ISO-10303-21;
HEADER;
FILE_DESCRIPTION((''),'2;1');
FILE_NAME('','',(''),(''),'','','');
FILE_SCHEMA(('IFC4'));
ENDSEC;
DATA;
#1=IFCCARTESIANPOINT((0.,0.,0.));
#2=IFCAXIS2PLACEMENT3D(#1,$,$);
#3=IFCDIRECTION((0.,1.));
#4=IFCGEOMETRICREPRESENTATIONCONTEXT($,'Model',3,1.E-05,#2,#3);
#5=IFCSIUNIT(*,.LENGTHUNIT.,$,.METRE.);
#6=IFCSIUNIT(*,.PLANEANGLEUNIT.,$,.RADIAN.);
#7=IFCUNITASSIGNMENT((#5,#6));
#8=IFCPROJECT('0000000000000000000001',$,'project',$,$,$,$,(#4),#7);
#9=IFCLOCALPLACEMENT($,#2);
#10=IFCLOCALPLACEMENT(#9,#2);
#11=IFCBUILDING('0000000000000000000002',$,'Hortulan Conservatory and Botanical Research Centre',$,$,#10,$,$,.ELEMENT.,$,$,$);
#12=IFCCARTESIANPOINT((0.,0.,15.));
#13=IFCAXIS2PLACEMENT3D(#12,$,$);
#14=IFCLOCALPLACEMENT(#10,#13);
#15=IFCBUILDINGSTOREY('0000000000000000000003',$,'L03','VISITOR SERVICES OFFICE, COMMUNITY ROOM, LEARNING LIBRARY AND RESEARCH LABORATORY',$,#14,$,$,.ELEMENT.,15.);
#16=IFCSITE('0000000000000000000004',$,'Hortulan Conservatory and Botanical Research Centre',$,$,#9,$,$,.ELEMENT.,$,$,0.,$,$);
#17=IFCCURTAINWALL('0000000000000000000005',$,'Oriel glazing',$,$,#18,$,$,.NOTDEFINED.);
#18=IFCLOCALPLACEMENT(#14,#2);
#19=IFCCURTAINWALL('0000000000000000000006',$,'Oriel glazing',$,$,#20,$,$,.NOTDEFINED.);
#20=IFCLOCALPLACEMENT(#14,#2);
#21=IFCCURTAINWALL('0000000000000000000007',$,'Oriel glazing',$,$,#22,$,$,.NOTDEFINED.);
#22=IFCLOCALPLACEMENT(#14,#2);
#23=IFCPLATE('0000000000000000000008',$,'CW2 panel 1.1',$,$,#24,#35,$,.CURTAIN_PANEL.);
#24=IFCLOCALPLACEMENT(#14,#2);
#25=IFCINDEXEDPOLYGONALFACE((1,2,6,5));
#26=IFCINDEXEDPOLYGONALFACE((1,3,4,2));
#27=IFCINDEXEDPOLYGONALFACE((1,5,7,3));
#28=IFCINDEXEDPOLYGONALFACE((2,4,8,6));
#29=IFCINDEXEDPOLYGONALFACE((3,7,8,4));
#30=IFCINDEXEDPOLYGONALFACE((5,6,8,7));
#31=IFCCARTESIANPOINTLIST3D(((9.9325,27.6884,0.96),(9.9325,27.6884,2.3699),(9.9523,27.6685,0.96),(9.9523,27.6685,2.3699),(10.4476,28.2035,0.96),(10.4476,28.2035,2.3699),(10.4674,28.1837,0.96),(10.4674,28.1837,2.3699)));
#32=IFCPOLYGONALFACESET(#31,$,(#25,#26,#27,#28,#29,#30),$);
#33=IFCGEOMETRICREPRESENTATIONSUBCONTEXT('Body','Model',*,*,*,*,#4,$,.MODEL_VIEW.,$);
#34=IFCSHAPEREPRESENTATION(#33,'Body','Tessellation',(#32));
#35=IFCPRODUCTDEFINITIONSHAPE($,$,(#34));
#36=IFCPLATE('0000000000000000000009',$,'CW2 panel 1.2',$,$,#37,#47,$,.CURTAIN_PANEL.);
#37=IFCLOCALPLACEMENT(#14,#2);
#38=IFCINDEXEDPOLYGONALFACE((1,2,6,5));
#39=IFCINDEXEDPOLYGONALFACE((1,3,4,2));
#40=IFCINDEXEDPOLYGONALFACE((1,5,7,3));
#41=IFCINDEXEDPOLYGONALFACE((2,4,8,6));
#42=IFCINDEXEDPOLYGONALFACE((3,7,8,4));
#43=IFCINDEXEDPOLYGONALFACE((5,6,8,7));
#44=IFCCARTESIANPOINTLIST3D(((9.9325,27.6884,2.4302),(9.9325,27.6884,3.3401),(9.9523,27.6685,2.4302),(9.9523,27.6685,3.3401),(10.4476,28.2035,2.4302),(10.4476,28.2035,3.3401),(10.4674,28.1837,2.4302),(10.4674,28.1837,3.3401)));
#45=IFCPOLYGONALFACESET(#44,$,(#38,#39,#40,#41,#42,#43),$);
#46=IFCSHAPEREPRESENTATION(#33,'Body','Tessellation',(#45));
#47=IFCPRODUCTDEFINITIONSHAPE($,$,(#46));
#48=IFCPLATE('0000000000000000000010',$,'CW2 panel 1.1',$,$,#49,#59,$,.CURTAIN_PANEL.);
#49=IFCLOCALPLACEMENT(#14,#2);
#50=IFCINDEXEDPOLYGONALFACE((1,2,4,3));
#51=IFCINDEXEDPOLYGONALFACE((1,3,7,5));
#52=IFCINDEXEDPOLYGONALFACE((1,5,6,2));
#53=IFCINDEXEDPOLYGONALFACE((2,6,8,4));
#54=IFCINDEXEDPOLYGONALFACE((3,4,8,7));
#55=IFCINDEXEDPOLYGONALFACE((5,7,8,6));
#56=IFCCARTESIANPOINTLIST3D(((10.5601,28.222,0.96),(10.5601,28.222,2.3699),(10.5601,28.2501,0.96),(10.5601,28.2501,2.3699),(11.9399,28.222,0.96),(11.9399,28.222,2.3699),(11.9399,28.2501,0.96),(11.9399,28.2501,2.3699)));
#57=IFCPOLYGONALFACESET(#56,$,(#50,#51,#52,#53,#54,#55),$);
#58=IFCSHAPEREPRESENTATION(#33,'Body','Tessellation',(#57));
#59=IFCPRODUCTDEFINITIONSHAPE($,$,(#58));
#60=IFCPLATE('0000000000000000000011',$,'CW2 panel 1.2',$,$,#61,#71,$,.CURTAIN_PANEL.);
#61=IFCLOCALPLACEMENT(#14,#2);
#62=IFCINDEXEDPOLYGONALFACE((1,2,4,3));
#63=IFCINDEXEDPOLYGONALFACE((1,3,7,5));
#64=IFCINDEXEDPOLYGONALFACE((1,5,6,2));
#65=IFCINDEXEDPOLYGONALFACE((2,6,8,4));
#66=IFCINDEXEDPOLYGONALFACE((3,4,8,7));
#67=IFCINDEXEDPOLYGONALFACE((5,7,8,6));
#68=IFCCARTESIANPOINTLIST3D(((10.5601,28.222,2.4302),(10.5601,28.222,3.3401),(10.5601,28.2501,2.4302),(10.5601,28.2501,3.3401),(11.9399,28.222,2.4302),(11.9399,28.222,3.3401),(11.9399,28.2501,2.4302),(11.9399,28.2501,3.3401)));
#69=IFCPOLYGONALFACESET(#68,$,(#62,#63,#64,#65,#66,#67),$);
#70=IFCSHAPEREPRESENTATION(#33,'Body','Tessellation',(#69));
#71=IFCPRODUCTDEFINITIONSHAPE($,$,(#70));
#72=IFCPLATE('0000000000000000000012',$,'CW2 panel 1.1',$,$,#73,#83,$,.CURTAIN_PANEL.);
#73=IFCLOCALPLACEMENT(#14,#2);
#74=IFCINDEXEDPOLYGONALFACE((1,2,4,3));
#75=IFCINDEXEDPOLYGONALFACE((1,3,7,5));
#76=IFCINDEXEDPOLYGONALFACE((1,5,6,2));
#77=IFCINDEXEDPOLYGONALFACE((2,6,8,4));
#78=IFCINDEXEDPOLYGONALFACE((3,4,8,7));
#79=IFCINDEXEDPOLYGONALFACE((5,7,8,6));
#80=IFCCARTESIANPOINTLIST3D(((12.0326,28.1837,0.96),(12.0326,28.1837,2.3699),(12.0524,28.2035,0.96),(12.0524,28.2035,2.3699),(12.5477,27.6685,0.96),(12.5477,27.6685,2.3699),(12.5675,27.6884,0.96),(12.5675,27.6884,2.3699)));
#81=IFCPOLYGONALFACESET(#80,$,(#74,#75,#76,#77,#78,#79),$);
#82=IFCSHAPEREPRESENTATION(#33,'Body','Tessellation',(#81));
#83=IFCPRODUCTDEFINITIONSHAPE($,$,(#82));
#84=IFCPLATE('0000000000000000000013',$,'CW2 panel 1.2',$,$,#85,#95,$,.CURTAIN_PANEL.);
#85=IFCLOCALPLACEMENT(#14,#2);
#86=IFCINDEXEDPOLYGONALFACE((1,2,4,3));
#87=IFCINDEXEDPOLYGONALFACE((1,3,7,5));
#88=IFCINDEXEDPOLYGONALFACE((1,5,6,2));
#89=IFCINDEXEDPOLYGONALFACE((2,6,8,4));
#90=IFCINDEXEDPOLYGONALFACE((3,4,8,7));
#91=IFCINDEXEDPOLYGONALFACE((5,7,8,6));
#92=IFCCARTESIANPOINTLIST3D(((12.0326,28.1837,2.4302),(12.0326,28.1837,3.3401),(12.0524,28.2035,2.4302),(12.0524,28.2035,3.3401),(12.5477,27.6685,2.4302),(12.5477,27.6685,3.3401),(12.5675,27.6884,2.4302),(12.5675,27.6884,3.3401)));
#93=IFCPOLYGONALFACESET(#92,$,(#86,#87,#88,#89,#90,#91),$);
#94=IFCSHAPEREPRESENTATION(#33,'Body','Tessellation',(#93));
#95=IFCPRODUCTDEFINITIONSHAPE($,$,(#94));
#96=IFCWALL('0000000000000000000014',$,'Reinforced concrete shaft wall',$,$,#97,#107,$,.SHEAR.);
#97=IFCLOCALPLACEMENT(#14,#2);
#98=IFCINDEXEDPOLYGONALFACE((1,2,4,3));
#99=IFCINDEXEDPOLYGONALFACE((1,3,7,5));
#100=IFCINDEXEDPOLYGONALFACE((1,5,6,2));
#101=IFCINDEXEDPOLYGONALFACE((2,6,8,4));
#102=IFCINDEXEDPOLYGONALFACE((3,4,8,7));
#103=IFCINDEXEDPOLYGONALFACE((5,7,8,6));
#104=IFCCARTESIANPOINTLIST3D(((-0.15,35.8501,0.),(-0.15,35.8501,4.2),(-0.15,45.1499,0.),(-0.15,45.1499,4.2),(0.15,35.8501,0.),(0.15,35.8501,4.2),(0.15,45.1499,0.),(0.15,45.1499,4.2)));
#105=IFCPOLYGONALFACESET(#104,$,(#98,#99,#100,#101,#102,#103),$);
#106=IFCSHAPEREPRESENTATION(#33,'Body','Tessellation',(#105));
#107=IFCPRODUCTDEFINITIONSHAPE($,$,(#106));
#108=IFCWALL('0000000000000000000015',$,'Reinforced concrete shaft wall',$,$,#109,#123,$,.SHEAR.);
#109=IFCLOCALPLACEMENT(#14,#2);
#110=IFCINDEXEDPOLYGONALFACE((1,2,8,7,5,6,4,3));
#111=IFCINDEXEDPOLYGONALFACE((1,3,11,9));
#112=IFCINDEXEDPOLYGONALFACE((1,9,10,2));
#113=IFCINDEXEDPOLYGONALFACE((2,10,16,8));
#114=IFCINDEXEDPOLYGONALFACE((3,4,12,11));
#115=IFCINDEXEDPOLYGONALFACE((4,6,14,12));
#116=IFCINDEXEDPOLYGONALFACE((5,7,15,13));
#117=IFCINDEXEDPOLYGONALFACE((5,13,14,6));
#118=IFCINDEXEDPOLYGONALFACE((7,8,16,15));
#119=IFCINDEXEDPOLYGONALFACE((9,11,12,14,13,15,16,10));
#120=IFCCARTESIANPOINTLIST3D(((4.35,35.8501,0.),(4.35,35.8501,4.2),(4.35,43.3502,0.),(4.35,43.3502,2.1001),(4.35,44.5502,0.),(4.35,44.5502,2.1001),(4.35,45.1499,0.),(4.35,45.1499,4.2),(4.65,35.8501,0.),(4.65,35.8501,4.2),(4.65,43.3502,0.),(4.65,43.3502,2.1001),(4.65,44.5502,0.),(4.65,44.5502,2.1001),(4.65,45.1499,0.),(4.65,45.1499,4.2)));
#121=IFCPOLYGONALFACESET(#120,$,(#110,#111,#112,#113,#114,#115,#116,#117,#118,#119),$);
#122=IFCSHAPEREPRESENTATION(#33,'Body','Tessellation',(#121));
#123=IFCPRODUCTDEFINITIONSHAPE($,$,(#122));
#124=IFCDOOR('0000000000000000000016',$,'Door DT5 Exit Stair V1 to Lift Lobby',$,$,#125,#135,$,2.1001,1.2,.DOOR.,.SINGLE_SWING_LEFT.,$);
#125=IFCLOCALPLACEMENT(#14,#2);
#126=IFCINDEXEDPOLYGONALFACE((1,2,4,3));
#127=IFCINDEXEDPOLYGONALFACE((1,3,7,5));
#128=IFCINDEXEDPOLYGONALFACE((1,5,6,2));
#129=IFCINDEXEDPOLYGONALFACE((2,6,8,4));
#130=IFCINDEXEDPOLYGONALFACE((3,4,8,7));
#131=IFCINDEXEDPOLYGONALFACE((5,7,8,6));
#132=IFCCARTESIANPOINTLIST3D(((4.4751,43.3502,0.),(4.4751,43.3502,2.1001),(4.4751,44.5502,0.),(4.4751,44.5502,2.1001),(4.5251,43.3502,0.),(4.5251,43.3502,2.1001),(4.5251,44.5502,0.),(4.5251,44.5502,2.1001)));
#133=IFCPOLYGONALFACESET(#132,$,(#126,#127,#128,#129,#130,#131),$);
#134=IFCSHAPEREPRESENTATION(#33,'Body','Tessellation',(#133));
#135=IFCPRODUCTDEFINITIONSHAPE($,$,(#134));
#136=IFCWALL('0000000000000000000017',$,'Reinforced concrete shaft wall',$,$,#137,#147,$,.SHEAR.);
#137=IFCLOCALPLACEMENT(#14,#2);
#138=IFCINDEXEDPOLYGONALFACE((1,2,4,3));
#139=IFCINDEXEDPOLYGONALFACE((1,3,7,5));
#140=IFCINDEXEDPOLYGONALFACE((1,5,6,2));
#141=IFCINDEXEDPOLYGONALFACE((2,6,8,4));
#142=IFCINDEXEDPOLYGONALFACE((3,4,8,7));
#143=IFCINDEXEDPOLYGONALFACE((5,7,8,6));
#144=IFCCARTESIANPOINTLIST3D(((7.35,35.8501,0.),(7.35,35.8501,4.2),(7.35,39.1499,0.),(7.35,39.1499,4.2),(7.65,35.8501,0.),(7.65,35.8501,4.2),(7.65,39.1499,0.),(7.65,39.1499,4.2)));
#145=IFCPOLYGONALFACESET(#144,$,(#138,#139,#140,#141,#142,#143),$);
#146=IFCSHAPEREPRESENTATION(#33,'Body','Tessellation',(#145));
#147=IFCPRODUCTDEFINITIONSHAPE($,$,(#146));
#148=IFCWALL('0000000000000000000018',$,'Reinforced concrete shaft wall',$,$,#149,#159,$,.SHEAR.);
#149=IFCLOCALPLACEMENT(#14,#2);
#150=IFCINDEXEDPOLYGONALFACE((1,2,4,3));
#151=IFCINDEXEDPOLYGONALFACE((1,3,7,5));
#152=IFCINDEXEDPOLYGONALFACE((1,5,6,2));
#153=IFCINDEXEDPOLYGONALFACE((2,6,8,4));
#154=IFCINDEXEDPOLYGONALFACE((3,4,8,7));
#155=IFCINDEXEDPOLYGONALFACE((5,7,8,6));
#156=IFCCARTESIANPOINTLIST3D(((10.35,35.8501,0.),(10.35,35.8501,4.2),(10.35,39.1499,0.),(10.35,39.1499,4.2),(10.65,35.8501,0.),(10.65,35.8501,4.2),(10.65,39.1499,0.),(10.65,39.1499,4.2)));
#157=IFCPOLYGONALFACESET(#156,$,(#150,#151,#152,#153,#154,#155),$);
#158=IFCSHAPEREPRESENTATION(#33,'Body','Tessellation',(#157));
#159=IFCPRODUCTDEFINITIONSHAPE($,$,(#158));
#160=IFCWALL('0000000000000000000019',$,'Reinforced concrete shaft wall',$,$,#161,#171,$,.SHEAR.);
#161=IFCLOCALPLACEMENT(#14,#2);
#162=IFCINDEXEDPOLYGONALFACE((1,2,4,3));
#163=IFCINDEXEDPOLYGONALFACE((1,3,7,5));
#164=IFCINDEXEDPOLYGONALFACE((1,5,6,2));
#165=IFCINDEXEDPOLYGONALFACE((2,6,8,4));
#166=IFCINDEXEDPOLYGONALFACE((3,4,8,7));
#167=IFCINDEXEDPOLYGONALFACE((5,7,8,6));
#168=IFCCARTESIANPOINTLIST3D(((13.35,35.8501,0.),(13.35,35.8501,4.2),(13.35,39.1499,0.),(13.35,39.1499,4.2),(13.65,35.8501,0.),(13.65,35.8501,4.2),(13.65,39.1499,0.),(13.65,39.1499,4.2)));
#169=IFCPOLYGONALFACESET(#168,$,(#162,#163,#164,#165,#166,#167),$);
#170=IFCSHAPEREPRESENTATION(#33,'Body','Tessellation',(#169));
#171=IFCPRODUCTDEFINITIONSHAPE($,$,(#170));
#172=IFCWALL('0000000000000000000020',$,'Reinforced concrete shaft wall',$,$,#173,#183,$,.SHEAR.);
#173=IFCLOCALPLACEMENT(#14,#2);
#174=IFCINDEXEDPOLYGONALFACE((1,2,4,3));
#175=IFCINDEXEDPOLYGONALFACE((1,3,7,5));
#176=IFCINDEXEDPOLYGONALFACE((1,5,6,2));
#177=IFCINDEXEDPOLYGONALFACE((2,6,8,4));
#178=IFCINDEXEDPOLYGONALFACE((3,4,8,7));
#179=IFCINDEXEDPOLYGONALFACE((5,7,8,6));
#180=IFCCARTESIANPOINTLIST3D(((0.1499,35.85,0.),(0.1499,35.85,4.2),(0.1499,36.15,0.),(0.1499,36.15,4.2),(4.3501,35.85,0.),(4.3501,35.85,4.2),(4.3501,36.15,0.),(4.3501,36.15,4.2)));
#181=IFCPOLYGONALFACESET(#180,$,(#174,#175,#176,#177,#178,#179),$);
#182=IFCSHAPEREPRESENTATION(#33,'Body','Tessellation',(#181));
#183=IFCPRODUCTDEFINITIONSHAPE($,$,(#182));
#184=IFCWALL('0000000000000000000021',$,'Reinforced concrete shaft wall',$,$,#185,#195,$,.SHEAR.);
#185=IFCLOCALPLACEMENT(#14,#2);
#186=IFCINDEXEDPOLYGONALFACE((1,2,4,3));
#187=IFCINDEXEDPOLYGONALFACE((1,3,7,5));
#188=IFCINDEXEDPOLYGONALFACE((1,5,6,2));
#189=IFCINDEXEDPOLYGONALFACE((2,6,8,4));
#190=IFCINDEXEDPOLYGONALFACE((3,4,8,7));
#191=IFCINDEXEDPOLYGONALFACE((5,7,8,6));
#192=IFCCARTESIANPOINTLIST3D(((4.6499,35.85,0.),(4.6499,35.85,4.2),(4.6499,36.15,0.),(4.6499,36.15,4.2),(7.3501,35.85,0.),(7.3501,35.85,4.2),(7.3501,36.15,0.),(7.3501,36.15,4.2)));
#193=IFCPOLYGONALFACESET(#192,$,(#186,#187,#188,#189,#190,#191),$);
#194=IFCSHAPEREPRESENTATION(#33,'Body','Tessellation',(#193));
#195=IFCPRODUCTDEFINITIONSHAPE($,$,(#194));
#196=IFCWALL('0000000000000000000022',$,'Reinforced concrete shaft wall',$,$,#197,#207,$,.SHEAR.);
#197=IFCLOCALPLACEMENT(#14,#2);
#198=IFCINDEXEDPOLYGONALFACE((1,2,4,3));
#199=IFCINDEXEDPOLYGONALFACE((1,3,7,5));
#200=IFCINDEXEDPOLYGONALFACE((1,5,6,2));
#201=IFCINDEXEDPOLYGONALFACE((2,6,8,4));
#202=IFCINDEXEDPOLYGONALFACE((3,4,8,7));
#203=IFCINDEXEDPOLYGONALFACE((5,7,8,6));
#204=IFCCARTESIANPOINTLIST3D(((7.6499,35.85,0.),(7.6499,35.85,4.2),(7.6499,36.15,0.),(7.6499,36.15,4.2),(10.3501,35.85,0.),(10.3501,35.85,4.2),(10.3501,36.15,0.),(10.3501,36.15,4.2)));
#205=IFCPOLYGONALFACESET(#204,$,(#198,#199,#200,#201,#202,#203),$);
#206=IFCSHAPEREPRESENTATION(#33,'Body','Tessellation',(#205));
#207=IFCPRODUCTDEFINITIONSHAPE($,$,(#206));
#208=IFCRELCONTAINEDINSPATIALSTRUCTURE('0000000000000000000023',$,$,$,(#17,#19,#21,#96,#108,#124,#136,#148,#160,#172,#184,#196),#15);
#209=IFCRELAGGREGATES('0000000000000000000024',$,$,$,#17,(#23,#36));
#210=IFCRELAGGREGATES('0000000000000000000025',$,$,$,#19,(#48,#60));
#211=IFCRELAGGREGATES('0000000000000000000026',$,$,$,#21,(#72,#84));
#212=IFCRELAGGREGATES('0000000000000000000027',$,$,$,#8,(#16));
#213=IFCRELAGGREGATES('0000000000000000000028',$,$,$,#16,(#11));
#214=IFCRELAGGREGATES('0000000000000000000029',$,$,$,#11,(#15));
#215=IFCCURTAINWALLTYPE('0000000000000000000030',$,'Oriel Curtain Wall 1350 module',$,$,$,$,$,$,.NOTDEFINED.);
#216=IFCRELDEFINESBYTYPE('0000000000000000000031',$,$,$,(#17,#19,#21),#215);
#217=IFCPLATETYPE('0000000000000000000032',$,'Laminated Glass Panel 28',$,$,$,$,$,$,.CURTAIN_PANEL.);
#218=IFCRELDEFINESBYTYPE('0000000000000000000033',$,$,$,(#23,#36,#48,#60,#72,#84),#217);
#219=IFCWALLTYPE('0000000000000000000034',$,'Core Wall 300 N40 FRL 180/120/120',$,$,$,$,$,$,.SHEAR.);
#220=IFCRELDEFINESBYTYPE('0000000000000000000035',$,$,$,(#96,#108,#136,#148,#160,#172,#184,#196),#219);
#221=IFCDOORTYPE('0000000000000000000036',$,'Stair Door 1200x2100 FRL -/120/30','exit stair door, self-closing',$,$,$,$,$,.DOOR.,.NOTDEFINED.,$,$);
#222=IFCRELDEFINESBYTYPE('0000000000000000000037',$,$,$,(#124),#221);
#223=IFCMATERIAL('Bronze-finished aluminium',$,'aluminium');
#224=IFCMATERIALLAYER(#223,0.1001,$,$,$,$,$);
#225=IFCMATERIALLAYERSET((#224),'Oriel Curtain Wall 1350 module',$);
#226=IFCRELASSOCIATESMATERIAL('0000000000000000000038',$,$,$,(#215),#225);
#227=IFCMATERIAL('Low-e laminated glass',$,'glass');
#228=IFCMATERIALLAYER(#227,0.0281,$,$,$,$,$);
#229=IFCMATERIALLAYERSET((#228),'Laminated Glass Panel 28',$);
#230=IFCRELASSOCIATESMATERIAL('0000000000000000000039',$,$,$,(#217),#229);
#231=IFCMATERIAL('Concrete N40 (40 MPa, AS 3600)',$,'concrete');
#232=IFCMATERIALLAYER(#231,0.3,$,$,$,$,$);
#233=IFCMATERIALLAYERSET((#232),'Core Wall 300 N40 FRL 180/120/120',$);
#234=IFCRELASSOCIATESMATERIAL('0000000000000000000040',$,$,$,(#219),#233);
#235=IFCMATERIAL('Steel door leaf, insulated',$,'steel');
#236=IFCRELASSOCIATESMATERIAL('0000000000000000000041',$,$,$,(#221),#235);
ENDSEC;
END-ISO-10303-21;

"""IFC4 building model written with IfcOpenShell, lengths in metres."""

from ifc_helpers import new_model, si_unit, direction, frame, frame_2d, origin, origin_2d, place, context, subcontext, project, spatial, rectangle, extrude, material, layer, layer_set, type_object, element, fill, aggregate, save


model = new_model("IFC4")

# Units and contexts
model_context = context("Model", 3, precision=1e-05, world=origin(), true_north=direction((0.0, 1.0)))
body_context = subcontext(model_context, "Body", "Model", "MODEL_VIEW")
ifc_project = project(units=[si_unit("LENGTHUNIT", "METRE"), si_unit("PLANEANGLEUNIT", "RADIAN")], contexts=[model_context])

# Site, building, storey
site_placement = place(None, origin())
site = spatial("IfcSite", under=ifc_project, at=site_placement, Name="Hortulan Conservatory and Botanical Research Centre", CompositionType="ELEMENT", RefElevation=0.0)
building_placement = place(site_placement, origin())
building = spatial("IfcBuilding", under=site, at=building_placement, Name="Hortulan Conservatory and Botanical Research Centre", CompositionType="ELEMENT")
storey_placement = place(building_placement, frame((0.0, 0.0, 15.0)))
storey = spatial("IfcBuildingStorey", under=building, at=storey_placement, Name="L03", Description="VISITOR SERVICES OFFICE, COMMUNITY ROOM, LEARNING LIBRARY AND RESEARCH LABORATORY", CompositionType="ELEMENT", Elevation=15.0)

# Curtain wall
ifc_material_1 = material(Name="Bronze-finished aluminium", Category="aluminium")
ifc_layer_1 = layer(ifc_material_1, 0.1001)
ifc_layer_set_1 = layer_set([ifc_layer_1], Name="Oriel Curtain Wall 1350 module")
curtain_wall_type = type_object("IfcCurtainWallType", Name="Oriel Curtain Wall 1350 module", PredefinedType="NOTDEFINED", material=ifc_layer_set_1)
curtain_wall_1_placement = place(storey_placement, origin())
curtain_wall_1 = element("IfcCurtainWall", 1, at=curtain_wall_1_placement, inside=storey, type_object=curtain_wall_type, Name="Oriel glazing", PredefinedType="NOTDEFINED")

# Curtain wall
curtain_wall_2_placement = place(storey_placement, origin())
curtain_wall_2 = element("IfcCurtainWall", 2, at=curtain_wall_2_placement, inside=storey, type_object=curtain_wall_type, Name="Oriel glazing", PredefinedType="NOTDEFINED")

# Curtain wall
curtain_wall_3_placement = place(storey_placement, origin())
curtain_wall_3 = element("IfcCurtainWall", 3, at=curtain_wall_3_placement, inside=storey, type_object=curtain_wall_type, Name="Oriel glazing", PredefinedType="NOTDEFINED")

# Plates
ifc_material_2 = material(Name="Low-e laminated glass", Category="glass")
ifc_layer_2 = layer(ifc_material_2, 0.0281)
ifc_layer_set_2 = layer_set([ifc_layer_2], Name="Laminated Glass Panel 28")
plate_type = type_object("IfcPlateType", Name="Laminated Glass Panel 28", PredefinedType="CURTAIN_PANEL", material=ifc_layer_set_2)
plate_1_placement = place(storey_placement, frame((10.2, 27.936, 0.96), z_axis=(0.0, 0.0, 1.0), x_axis=(0.707107, 0.707107, 0.0)))
plate_1 = element("IfcPlate", 4, at=plate_1_placement, type_object=plate_type, Name="CW2 panel 1.1", PredefinedType="CURTAIN_PANEL", context=body_context, shape_type="SweptSolid", body=[
    extrude(rectangle(XDim=0.7285, YDim=0.0281, at=origin_2d()), origin(), (0.0, 0.0, 1.0), 1.4099),
])
plate_2_placement = place(storey_placement, frame((10.2, 27.936, 2.4302), z_axis=(0.0, 0.0, 1.0), x_axis=(0.707107, 0.707107, 0.0)))
plate_2 = element("IfcPlate", 5, at=plate_2_placement, type_object=plate_type, Name="CW2 panel 1.2", PredefinedType="CURTAIN_PANEL", context=body_context, shape_type="SweptSolid", body=[
    extrude(rectangle(XDim=0.7285, YDim=0.0281, at=origin_2d()), origin(), (0.0, 0.0, 1.0), 0.9099),
])
aggregate(curtain_wall_1, [plate_1, plate_2])
plate_3_placement = place(storey_placement, frame((11.25, 28.2361, 0.96), z_axis=(0.0, 0.0, 1.0), x_axis=(1.0, 0.0, 0.0)))
plate_3 = element("IfcPlate", 6, at=plate_3_placement, type_object=plate_type, Name="CW2 panel 1.1", PredefinedType="CURTAIN_PANEL", context=body_context, shape_type="SweptSolid", body=[
    extrude(rectangle(XDim=1.3799, YDim=0.0281, at=origin_2d()), origin(), (0.0, 0.0, 1.0), 1.4099),
])
plate_4_placement = place(storey_placement, frame((11.25, 28.2361, 2.4302), z_axis=(0.0, 0.0, 1.0), x_axis=(1.0, 0.0, 0.0)))
plate_4 = element("IfcPlate", 7, at=plate_4_placement, type_object=plate_type, Name="CW2 panel 1.2", PredefinedType="CURTAIN_PANEL", context=body_context, shape_type="SweptSolid", body=[
    extrude(rectangle(XDim=1.3799, YDim=0.0281, at=origin_2d()), origin(), (0.0, 0.0, 1.0), 0.9099),
])
aggregate(curtain_wall_2, [plate_3, plate_4])
plate_5_placement = place(storey_placement, frame((12.3, 27.936, 0.96), z_axis=(0.0, 0.0, 1.0), x_axis=(0.707107, -0.707107, 0.0)))
plate_5 = element("IfcPlate", 8, at=plate_5_placement, type_object=plate_type, Name="CW2 panel 1.1", PredefinedType="CURTAIN_PANEL", context=body_context, shape_type="SweptSolid", body=[
    extrude(rectangle(XDim=0.7285, YDim=0.0281, at=origin_2d()), origin(), (0.0, 0.0, 1.0), 1.4099),
])
plate_6_placement = place(storey_placement, frame((12.3, 27.936, 2.4302), z_axis=(0.0, 0.0, 1.0), x_axis=(0.707107, -0.707107, 0.0)))
plate_6 = element("IfcPlate", 9, at=plate_6_placement, type_object=plate_type, Name="CW2 panel 1.2", PredefinedType="CURTAIN_PANEL", context=body_context, shape_type="SweptSolid", body=[
    extrude(rectangle(XDim=0.7285, YDim=0.0281, at=origin_2d()), origin(), (0.0, 0.0, 1.0), 0.9099),
])
aggregate(curtain_wall_3, [plate_5, plate_6])

# Wall
ifc_material_3 = material(Name="Concrete N40 (40 MPa, AS 3600)", Category="concrete")
ifc_layer_3 = layer(ifc_material_3, 0.3)
ifc_layer_set_3 = layer_set([ifc_layer_3], Name="Core Wall 300 N40 FRL 180/120/120")
wall_type_1 = type_object("IfcWallType", Name="Core Wall 300 N40 FRL 180/120/120", PredefinedType="SHEAR", material=ifc_layer_set_3)
wall_1_placement = place(storey_placement, frame((0.0, 35.8501, 0.0), z_axis=(0.0, 0.0, 1.0), x_axis=(0.0, 1.0, 0.0)))
element("IfcWall", 10, at=wall_1_placement, inside=storey, type_object=wall_type_1, Name="Reinforced concrete shaft wall", PredefinedType="SHEAR", context=body_context, shape_type="SweptSolid", body=[
    extrude(rectangle(XDim=9.2998, YDim=0.3, at=frame_2d((4.6499, 0.0))), origin(), (0.0, 0.0, 1.0), 4.2),
])

# Wall, opening, door
wall_2_placement = place(storey_placement, frame((4.5, 35.8501, 0.0), z_axis=(0.0, 0.0, 1.0), x_axis=(0.0, 1.0, 0.0)))
wall_2 = element("IfcWall", 11, at=wall_2_placement, inside=storey, type_object=wall_type_1, Name="Reinforced concrete shaft wall", PredefinedType="SHEAR", context=body_context, shape_type="SweptSolid", body=[
    extrude(rectangle(XDim=9.2998, YDim=0.3, at=frame_2d((4.6499, 0.0))), origin(), (0.0, 0.0, 1.0), 4.2),
])
opening_1_placement = place(wall_2_placement, frame((7.5, 0.0, 0.0)))
opening_1 = element("IfcOpeningElement", 12, at=opening_1_placement, cuts=wall_2, PredefinedType="OPENING", context=body_context, shape_type="SweptSolid", body=[
    extrude(rectangle(XDim=1.2, YDim=2.1001, at=frame_2d((0.6001, 1.05))), frame((0.0, 0.1599, 0.0), z_axis=(0.0, -1.0, 0.0), x_axis=(1.0, 0.0, 0.0)), (0.0, 0.0, 1.0), 0.3201),
])
ifc_material_4 = material(Name="Steel door leaf, insulated", Category="steel")
door_type = type_object("IfcDoorType", Name="Stair Door 1200x2100 FRL -/120/30", Description="exit stair door, self-closing", OperationType="NOTDEFINED", PredefinedType="DOOR", material=ifc_material_4)
door_placement = place(opening_1_placement, origin())
door = element("IfcDoor", 13, at=door_placement, inside=storey, type_object=door_type, Name="Door DT5 Exit Stair V1 to Lift Lobby", OperationType="SINGLE_SWING_LEFT", OverallHeight=2.1001, OverallWidth=1.2, PredefinedType="DOOR", context=body_context, shape_type="SweptSolid", body=[
    extrude(rectangle(XDim=1.2, YDim=2.1001, at=frame_2d((0.6001, 1.05))), frame((0.0, 0.0249, 0.0), z_axis=(0.0, -1.0, 0.0), x_axis=(1.0, 0.0, 0.0)), (0.0, 0.0, 1.0), 0.05),
])
fill(opening_1, door)

# Walls
for number, where, z_axis, x_axis, name in (
    (14, (7.5, 35.8501, 0.0), (0.0, 0.0, 1.0), (0.0, 1.0, 0.0), "Reinforced concrete shaft wall"),
    (15, (10.5, 35.8501, 0.0), (0.0, 0.0, 1.0), (0.0, 1.0, 0.0), "Reinforced concrete shaft wall"),
    (16, (13.5, 35.8501, 0.0), (0.0, 0.0, 1.0), (0.0, 1.0, 0.0), "Reinforced concrete shaft wall"),
):
    element("IfcWall", number, at=place(storey_placement, frame(where, z_axis=z_axis, x_axis=x_axis)), inside=storey, type_object=wall_type_1, Name=name, PredefinedType="SHEAR", context=body_context, shape_type="SweptSolid", body=[
        extrude(rectangle(XDim=3.2998, YDim=0.3, at=frame_2d((1.6499, 0.0))), origin(), (0.0, 0.0, 1.0), 4.2),
    ])
wall_3_placement = place(storey_placement, frame((0.1499, 36.0, 0.0), z_axis=(0.0, 0.0, 1.0), x_axis=(1.0, 0.0, 0.0)))
element("IfcWall", 17, at=wall_3_placement, inside=storey, type_object=wall_type_1, Name="Reinforced concrete shaft wall", PredefinedType="SHEAR", context=body_context, shape_type="SweptSolid", body=[
    extrude(rectangle(XDim=4.2002, YDim=0.3, at=frame_2d((2.1001, 0.0))), origin(), (0.0, 0.0, 1.0), 4.2),
])
for number, where, z_axis, x_axis, name in (
    (18, (4.6499, 36.0, 0.0), (0.0, 0.0, 1.0), (1.0, 0.0, 0.0), "Reinforced concrete shaft wall"),
    (19, (7.6499, 36.0, 0.0), (0.0, 0.0, 1.0), (1.0, 0.0, 0.0), "Reinforced concrete shaft wall"),
):
    element("IfcWall", number, at=place(storey_placement, frame(where, z_axis=z_axis, x_axis=x_axis)), inside=storey, type_object=wall_type_1, Name=name, PredefinedType="SHEAR", context=body_context, shape_type="SweptSolid", body=[
        extrude(rectangle(XDim=2.7002, YDim=0.3, at=frame_2d((1.3501, 0.0))), origin(), (0.0, 0.0, 1.0), 4.2),
    ])

save(model, "model.ifc")
